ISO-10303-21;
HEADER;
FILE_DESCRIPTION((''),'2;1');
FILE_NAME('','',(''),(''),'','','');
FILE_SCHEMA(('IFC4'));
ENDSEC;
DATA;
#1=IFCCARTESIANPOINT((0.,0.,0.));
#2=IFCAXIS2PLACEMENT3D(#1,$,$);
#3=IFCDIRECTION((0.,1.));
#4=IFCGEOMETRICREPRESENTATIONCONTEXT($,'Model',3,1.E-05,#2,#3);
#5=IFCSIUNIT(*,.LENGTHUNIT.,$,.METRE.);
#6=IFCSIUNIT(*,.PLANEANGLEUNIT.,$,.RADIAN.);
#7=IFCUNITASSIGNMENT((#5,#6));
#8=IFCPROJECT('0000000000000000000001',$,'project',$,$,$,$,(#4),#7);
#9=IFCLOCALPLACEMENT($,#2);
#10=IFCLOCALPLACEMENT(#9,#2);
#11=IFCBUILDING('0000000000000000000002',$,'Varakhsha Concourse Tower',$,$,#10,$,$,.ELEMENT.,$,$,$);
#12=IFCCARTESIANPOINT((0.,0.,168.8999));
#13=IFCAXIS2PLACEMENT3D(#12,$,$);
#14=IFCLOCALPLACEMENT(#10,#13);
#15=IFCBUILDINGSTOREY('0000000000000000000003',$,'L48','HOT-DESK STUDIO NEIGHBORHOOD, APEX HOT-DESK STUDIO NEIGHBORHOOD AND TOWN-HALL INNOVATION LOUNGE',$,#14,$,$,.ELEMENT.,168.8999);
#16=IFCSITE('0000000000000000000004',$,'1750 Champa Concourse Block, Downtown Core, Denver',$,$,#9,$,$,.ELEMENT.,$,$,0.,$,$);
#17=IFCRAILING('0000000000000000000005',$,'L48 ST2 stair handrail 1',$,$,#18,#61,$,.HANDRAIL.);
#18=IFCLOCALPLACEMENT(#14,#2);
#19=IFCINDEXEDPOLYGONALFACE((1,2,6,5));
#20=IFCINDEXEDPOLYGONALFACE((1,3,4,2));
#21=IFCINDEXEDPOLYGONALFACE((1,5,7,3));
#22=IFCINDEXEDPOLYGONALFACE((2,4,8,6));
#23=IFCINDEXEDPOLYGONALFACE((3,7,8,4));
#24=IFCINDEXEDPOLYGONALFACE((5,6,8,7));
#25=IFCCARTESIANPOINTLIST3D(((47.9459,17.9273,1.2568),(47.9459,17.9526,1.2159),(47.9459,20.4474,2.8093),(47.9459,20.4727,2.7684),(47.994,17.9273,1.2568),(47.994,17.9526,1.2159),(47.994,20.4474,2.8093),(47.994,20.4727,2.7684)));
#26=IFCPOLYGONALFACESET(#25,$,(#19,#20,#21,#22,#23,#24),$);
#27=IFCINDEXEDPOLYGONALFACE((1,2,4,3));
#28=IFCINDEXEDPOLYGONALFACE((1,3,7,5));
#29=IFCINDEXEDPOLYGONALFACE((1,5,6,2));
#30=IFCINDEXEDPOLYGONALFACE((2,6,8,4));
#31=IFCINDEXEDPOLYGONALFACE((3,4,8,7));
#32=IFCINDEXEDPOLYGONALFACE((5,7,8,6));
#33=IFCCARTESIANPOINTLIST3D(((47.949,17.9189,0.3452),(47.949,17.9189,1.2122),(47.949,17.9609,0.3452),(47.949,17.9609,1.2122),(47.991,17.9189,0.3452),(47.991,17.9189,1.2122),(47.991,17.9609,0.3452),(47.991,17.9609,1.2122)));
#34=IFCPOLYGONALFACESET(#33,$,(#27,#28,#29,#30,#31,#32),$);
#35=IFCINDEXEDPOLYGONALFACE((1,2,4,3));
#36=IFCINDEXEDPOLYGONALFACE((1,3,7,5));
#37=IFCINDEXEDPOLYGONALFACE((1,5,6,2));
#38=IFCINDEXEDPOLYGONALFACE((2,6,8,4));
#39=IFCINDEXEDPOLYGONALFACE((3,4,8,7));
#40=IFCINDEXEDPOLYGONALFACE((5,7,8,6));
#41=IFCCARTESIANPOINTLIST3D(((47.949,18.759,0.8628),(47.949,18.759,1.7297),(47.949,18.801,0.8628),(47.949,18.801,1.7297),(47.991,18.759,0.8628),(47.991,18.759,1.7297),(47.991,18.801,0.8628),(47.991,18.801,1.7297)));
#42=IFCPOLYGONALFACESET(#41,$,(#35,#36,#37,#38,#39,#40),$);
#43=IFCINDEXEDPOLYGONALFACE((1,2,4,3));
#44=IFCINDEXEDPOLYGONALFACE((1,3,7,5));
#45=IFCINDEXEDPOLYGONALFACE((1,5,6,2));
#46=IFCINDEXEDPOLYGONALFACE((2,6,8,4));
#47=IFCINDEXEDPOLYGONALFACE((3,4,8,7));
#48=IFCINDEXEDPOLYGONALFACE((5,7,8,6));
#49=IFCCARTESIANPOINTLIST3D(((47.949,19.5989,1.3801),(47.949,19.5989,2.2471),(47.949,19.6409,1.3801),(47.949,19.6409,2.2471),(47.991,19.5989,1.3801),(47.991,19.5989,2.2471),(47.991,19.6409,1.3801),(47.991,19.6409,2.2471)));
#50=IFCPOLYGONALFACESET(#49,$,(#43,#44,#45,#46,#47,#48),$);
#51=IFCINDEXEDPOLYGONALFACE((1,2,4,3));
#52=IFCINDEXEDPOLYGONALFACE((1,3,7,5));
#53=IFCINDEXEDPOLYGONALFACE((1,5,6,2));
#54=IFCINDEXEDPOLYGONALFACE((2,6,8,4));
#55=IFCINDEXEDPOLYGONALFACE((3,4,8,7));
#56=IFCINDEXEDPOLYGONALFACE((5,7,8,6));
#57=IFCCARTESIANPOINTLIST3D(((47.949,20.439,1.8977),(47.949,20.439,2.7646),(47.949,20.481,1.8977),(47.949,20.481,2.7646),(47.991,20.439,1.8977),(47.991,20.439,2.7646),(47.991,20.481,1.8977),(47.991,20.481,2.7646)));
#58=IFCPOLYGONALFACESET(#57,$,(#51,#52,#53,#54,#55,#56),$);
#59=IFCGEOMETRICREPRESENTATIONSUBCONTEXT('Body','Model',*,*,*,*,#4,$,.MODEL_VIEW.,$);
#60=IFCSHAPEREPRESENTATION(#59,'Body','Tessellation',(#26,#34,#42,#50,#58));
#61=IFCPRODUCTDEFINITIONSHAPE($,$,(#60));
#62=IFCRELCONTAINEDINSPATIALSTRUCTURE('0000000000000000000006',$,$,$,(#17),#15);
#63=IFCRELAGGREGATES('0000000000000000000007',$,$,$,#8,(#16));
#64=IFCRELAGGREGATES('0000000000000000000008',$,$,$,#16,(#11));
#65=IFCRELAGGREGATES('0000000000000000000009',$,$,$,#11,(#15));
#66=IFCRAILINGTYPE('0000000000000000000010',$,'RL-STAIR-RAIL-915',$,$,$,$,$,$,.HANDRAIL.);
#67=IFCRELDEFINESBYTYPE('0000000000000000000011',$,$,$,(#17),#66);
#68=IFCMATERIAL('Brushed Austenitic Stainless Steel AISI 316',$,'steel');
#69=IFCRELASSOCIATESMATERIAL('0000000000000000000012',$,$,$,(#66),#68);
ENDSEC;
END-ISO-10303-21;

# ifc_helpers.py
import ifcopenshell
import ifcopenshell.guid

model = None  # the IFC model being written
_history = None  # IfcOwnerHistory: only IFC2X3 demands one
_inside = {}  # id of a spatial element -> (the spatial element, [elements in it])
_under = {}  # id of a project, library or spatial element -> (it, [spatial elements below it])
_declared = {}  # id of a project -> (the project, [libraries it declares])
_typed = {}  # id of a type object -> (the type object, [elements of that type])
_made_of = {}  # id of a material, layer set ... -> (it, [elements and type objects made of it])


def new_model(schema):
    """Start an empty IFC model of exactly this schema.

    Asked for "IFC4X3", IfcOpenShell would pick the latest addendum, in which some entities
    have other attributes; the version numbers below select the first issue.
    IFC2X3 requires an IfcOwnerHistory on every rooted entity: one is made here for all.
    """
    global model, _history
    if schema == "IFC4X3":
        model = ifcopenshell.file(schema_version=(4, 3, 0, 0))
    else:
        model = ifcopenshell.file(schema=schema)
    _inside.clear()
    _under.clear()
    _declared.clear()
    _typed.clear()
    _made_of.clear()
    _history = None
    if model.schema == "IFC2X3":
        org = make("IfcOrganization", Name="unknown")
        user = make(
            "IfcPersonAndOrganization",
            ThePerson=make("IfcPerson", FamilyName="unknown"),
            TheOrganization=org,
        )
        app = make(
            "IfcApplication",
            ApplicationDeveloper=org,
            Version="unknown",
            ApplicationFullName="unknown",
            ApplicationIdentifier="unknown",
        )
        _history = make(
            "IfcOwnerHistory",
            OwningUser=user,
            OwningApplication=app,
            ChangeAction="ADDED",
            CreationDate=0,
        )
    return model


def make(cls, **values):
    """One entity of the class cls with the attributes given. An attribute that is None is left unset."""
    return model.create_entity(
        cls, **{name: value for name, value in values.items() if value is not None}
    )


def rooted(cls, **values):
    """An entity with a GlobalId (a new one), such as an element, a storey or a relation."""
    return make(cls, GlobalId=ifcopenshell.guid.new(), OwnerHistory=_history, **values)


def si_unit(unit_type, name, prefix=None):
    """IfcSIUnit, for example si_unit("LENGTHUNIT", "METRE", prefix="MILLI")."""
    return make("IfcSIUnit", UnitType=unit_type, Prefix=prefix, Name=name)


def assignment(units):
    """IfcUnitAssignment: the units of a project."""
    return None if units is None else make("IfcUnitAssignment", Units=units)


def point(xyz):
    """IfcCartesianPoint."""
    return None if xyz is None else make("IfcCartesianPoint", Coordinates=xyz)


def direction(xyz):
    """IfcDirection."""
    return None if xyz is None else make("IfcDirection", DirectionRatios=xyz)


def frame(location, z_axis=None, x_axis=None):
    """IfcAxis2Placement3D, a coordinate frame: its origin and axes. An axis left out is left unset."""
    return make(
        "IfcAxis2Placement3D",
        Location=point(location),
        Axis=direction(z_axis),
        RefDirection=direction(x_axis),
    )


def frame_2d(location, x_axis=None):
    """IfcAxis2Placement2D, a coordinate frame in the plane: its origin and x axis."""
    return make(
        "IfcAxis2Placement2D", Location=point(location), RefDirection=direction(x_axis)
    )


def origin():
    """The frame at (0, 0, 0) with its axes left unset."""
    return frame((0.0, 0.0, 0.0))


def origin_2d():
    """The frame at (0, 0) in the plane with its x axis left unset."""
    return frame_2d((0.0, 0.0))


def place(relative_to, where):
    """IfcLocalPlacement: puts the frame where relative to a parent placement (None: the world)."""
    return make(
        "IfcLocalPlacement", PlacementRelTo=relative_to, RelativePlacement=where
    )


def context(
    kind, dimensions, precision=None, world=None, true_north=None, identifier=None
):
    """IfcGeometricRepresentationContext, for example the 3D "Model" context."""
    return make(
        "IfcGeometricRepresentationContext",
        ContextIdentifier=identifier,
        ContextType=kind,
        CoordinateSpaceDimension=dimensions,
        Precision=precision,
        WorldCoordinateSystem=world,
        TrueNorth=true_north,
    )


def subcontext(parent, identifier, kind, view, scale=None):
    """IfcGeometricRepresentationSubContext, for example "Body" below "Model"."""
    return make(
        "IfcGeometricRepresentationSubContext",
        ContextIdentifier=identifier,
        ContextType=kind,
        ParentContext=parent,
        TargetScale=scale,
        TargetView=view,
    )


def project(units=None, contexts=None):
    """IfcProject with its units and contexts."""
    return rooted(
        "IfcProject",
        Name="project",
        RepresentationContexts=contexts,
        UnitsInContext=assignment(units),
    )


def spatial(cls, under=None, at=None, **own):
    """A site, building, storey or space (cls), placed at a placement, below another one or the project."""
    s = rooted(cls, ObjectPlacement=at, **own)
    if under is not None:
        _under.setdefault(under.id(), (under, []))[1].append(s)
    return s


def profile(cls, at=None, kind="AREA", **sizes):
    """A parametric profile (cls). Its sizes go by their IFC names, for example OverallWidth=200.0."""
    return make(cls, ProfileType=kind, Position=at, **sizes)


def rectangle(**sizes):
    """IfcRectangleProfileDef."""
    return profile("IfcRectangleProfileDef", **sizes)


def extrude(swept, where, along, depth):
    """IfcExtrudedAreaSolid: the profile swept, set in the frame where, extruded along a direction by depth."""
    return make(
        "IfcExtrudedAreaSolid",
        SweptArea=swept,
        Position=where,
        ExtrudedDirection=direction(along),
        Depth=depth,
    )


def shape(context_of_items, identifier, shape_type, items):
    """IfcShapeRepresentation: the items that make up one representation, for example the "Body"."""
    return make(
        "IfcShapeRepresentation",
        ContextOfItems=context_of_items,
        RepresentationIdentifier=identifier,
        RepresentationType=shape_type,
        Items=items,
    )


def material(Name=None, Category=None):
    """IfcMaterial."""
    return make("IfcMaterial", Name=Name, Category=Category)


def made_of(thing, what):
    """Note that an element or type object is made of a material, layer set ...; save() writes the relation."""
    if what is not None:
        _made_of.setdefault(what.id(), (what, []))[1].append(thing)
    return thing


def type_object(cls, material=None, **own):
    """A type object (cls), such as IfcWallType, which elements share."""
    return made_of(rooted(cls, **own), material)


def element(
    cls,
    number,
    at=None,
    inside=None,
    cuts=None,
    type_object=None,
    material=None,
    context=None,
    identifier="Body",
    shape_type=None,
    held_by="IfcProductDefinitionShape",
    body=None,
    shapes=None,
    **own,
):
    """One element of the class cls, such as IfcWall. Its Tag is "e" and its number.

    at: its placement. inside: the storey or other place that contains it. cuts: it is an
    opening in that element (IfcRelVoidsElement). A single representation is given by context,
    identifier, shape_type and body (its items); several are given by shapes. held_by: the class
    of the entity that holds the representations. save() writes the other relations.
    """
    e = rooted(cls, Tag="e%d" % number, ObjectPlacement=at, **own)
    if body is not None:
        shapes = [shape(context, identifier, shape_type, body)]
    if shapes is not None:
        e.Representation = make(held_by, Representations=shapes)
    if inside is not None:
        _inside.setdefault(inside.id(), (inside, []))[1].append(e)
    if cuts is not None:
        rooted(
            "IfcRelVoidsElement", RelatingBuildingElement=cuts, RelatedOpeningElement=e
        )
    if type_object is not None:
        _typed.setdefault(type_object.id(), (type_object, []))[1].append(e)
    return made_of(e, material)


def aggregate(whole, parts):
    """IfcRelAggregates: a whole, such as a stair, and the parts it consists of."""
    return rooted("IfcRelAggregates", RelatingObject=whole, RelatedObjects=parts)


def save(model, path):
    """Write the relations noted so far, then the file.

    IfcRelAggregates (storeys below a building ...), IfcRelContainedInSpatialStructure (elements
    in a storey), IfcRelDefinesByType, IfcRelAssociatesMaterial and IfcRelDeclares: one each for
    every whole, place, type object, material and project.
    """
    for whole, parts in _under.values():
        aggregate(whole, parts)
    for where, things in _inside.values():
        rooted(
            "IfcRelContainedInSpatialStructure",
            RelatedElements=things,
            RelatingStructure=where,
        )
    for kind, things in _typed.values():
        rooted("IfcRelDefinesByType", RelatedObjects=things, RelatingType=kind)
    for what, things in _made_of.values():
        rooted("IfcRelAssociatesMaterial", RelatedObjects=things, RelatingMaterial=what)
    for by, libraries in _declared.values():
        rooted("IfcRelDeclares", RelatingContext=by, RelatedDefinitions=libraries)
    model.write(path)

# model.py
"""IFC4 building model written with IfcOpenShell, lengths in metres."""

from ifc_helpers import new_model, si_unit, direction, frame, origin, origin_2d, place, context, subcontext, project, spatial, rectangle, extrude, material, type_object, element, save


model = new_model("IFC4")

# Units and contexts
model_context = context("Model", 3, precision=1e-05, world=origin(), true_north=direction((0.0, 1.0)))
body_context = subcontext(model_context, "Body", "Model", "MODEL_VIEW")
ifc_project = project(units=[si_unit("LENGTHUNIT", "METRE"), si_unit("PLANEANGLEUNIT", "RADIAN")], contexts=[model_context])

# Site, building, storey
site_placement = place(None, origin())
site = spatial("IfcSite", under=ifc_project, at=site_placement, Name="1750 Champa Concourse Block, Downtown Core, Denver", CompositionType="ELEMENT", RefElevation=0.0)
building_placement = place(site_placement, origin())
building = spatial("IfcBuilding", under=site, at=building_placement, Name="Varakhsha Concourse Tower", CompositionType="ELEMENT")
storey_placement = place(building_placement, frame((0.0, 0.0, 168.8999)))
storey = spatial("IfcBuildingStorey", under=building, at=storey_placement, Name="L48", Description="HOT-DESK STUDIO NEIGHBORHOOD, APEX HOT-DESK STUDIO NEIGHBORHOOD AND TOWN-HALL INNOVATION LOUNGE", CompositionType="ELEMENT", Elevation=168.8999)

# Railing
ifc_material_1 = material(Name="Brushed Austenitic Stainless Steel AISI 316", Category="steel")
railing_type_1 = type_object("IfcRailingType", Name="RL-STAIR-RAIL-915", PredefinedType="HANDRAIL", material=ifc_material_1)
railing_1_placement = place(storey_placement, frame((47.97, 17.9399, 0.3452)))
element("IfcRailing", 1, at=railing_1_placement, inside=storey, type_object=railing_type_1, Name="L48 ST2 stair handrail 1", PredefinedType="HANDRAIL", context=body_context, shape_type="SweptSolid", body=[
    extrude(rectangle(XDim=0.0481, YDim=0.0481, at=origin_2d()), frame((0.0, 0.0, 0.8911), z_axis=(0.0, 0.8514, 0.524516), x_axis=(-1.0, 0.0, 0.0)), (0.0, 0.0, 1.0), 2.96),
    extrude(rectangle(XDim=0.042, YDim=0.042, at=origin_2d()), origin(), (0.0, 0.0, 1.0), 0.8669),
    extrude(rectangle(XDim=0.042, YDim=0.042, at=origin_2d()), frame((0.0, 0.8401, 0.5176)), (0.0, 0.0, 1.0), 0.8669),
    extrude(rectangle(XDim=0.042, YDim=0.042, at=origin_2d()), frame((0.0, 1.6799, 1.0349)), (0.0, 0.0, 1.0), 0.8669),
    extrude(rectangle(XDim=0.042, YDim=0.042, at=origin_2d()), frame((0.0, 2.52, 1.5525)), (0.0, 0.0, 1.0), 0.8669),
])

save(model, "model.ifc")
